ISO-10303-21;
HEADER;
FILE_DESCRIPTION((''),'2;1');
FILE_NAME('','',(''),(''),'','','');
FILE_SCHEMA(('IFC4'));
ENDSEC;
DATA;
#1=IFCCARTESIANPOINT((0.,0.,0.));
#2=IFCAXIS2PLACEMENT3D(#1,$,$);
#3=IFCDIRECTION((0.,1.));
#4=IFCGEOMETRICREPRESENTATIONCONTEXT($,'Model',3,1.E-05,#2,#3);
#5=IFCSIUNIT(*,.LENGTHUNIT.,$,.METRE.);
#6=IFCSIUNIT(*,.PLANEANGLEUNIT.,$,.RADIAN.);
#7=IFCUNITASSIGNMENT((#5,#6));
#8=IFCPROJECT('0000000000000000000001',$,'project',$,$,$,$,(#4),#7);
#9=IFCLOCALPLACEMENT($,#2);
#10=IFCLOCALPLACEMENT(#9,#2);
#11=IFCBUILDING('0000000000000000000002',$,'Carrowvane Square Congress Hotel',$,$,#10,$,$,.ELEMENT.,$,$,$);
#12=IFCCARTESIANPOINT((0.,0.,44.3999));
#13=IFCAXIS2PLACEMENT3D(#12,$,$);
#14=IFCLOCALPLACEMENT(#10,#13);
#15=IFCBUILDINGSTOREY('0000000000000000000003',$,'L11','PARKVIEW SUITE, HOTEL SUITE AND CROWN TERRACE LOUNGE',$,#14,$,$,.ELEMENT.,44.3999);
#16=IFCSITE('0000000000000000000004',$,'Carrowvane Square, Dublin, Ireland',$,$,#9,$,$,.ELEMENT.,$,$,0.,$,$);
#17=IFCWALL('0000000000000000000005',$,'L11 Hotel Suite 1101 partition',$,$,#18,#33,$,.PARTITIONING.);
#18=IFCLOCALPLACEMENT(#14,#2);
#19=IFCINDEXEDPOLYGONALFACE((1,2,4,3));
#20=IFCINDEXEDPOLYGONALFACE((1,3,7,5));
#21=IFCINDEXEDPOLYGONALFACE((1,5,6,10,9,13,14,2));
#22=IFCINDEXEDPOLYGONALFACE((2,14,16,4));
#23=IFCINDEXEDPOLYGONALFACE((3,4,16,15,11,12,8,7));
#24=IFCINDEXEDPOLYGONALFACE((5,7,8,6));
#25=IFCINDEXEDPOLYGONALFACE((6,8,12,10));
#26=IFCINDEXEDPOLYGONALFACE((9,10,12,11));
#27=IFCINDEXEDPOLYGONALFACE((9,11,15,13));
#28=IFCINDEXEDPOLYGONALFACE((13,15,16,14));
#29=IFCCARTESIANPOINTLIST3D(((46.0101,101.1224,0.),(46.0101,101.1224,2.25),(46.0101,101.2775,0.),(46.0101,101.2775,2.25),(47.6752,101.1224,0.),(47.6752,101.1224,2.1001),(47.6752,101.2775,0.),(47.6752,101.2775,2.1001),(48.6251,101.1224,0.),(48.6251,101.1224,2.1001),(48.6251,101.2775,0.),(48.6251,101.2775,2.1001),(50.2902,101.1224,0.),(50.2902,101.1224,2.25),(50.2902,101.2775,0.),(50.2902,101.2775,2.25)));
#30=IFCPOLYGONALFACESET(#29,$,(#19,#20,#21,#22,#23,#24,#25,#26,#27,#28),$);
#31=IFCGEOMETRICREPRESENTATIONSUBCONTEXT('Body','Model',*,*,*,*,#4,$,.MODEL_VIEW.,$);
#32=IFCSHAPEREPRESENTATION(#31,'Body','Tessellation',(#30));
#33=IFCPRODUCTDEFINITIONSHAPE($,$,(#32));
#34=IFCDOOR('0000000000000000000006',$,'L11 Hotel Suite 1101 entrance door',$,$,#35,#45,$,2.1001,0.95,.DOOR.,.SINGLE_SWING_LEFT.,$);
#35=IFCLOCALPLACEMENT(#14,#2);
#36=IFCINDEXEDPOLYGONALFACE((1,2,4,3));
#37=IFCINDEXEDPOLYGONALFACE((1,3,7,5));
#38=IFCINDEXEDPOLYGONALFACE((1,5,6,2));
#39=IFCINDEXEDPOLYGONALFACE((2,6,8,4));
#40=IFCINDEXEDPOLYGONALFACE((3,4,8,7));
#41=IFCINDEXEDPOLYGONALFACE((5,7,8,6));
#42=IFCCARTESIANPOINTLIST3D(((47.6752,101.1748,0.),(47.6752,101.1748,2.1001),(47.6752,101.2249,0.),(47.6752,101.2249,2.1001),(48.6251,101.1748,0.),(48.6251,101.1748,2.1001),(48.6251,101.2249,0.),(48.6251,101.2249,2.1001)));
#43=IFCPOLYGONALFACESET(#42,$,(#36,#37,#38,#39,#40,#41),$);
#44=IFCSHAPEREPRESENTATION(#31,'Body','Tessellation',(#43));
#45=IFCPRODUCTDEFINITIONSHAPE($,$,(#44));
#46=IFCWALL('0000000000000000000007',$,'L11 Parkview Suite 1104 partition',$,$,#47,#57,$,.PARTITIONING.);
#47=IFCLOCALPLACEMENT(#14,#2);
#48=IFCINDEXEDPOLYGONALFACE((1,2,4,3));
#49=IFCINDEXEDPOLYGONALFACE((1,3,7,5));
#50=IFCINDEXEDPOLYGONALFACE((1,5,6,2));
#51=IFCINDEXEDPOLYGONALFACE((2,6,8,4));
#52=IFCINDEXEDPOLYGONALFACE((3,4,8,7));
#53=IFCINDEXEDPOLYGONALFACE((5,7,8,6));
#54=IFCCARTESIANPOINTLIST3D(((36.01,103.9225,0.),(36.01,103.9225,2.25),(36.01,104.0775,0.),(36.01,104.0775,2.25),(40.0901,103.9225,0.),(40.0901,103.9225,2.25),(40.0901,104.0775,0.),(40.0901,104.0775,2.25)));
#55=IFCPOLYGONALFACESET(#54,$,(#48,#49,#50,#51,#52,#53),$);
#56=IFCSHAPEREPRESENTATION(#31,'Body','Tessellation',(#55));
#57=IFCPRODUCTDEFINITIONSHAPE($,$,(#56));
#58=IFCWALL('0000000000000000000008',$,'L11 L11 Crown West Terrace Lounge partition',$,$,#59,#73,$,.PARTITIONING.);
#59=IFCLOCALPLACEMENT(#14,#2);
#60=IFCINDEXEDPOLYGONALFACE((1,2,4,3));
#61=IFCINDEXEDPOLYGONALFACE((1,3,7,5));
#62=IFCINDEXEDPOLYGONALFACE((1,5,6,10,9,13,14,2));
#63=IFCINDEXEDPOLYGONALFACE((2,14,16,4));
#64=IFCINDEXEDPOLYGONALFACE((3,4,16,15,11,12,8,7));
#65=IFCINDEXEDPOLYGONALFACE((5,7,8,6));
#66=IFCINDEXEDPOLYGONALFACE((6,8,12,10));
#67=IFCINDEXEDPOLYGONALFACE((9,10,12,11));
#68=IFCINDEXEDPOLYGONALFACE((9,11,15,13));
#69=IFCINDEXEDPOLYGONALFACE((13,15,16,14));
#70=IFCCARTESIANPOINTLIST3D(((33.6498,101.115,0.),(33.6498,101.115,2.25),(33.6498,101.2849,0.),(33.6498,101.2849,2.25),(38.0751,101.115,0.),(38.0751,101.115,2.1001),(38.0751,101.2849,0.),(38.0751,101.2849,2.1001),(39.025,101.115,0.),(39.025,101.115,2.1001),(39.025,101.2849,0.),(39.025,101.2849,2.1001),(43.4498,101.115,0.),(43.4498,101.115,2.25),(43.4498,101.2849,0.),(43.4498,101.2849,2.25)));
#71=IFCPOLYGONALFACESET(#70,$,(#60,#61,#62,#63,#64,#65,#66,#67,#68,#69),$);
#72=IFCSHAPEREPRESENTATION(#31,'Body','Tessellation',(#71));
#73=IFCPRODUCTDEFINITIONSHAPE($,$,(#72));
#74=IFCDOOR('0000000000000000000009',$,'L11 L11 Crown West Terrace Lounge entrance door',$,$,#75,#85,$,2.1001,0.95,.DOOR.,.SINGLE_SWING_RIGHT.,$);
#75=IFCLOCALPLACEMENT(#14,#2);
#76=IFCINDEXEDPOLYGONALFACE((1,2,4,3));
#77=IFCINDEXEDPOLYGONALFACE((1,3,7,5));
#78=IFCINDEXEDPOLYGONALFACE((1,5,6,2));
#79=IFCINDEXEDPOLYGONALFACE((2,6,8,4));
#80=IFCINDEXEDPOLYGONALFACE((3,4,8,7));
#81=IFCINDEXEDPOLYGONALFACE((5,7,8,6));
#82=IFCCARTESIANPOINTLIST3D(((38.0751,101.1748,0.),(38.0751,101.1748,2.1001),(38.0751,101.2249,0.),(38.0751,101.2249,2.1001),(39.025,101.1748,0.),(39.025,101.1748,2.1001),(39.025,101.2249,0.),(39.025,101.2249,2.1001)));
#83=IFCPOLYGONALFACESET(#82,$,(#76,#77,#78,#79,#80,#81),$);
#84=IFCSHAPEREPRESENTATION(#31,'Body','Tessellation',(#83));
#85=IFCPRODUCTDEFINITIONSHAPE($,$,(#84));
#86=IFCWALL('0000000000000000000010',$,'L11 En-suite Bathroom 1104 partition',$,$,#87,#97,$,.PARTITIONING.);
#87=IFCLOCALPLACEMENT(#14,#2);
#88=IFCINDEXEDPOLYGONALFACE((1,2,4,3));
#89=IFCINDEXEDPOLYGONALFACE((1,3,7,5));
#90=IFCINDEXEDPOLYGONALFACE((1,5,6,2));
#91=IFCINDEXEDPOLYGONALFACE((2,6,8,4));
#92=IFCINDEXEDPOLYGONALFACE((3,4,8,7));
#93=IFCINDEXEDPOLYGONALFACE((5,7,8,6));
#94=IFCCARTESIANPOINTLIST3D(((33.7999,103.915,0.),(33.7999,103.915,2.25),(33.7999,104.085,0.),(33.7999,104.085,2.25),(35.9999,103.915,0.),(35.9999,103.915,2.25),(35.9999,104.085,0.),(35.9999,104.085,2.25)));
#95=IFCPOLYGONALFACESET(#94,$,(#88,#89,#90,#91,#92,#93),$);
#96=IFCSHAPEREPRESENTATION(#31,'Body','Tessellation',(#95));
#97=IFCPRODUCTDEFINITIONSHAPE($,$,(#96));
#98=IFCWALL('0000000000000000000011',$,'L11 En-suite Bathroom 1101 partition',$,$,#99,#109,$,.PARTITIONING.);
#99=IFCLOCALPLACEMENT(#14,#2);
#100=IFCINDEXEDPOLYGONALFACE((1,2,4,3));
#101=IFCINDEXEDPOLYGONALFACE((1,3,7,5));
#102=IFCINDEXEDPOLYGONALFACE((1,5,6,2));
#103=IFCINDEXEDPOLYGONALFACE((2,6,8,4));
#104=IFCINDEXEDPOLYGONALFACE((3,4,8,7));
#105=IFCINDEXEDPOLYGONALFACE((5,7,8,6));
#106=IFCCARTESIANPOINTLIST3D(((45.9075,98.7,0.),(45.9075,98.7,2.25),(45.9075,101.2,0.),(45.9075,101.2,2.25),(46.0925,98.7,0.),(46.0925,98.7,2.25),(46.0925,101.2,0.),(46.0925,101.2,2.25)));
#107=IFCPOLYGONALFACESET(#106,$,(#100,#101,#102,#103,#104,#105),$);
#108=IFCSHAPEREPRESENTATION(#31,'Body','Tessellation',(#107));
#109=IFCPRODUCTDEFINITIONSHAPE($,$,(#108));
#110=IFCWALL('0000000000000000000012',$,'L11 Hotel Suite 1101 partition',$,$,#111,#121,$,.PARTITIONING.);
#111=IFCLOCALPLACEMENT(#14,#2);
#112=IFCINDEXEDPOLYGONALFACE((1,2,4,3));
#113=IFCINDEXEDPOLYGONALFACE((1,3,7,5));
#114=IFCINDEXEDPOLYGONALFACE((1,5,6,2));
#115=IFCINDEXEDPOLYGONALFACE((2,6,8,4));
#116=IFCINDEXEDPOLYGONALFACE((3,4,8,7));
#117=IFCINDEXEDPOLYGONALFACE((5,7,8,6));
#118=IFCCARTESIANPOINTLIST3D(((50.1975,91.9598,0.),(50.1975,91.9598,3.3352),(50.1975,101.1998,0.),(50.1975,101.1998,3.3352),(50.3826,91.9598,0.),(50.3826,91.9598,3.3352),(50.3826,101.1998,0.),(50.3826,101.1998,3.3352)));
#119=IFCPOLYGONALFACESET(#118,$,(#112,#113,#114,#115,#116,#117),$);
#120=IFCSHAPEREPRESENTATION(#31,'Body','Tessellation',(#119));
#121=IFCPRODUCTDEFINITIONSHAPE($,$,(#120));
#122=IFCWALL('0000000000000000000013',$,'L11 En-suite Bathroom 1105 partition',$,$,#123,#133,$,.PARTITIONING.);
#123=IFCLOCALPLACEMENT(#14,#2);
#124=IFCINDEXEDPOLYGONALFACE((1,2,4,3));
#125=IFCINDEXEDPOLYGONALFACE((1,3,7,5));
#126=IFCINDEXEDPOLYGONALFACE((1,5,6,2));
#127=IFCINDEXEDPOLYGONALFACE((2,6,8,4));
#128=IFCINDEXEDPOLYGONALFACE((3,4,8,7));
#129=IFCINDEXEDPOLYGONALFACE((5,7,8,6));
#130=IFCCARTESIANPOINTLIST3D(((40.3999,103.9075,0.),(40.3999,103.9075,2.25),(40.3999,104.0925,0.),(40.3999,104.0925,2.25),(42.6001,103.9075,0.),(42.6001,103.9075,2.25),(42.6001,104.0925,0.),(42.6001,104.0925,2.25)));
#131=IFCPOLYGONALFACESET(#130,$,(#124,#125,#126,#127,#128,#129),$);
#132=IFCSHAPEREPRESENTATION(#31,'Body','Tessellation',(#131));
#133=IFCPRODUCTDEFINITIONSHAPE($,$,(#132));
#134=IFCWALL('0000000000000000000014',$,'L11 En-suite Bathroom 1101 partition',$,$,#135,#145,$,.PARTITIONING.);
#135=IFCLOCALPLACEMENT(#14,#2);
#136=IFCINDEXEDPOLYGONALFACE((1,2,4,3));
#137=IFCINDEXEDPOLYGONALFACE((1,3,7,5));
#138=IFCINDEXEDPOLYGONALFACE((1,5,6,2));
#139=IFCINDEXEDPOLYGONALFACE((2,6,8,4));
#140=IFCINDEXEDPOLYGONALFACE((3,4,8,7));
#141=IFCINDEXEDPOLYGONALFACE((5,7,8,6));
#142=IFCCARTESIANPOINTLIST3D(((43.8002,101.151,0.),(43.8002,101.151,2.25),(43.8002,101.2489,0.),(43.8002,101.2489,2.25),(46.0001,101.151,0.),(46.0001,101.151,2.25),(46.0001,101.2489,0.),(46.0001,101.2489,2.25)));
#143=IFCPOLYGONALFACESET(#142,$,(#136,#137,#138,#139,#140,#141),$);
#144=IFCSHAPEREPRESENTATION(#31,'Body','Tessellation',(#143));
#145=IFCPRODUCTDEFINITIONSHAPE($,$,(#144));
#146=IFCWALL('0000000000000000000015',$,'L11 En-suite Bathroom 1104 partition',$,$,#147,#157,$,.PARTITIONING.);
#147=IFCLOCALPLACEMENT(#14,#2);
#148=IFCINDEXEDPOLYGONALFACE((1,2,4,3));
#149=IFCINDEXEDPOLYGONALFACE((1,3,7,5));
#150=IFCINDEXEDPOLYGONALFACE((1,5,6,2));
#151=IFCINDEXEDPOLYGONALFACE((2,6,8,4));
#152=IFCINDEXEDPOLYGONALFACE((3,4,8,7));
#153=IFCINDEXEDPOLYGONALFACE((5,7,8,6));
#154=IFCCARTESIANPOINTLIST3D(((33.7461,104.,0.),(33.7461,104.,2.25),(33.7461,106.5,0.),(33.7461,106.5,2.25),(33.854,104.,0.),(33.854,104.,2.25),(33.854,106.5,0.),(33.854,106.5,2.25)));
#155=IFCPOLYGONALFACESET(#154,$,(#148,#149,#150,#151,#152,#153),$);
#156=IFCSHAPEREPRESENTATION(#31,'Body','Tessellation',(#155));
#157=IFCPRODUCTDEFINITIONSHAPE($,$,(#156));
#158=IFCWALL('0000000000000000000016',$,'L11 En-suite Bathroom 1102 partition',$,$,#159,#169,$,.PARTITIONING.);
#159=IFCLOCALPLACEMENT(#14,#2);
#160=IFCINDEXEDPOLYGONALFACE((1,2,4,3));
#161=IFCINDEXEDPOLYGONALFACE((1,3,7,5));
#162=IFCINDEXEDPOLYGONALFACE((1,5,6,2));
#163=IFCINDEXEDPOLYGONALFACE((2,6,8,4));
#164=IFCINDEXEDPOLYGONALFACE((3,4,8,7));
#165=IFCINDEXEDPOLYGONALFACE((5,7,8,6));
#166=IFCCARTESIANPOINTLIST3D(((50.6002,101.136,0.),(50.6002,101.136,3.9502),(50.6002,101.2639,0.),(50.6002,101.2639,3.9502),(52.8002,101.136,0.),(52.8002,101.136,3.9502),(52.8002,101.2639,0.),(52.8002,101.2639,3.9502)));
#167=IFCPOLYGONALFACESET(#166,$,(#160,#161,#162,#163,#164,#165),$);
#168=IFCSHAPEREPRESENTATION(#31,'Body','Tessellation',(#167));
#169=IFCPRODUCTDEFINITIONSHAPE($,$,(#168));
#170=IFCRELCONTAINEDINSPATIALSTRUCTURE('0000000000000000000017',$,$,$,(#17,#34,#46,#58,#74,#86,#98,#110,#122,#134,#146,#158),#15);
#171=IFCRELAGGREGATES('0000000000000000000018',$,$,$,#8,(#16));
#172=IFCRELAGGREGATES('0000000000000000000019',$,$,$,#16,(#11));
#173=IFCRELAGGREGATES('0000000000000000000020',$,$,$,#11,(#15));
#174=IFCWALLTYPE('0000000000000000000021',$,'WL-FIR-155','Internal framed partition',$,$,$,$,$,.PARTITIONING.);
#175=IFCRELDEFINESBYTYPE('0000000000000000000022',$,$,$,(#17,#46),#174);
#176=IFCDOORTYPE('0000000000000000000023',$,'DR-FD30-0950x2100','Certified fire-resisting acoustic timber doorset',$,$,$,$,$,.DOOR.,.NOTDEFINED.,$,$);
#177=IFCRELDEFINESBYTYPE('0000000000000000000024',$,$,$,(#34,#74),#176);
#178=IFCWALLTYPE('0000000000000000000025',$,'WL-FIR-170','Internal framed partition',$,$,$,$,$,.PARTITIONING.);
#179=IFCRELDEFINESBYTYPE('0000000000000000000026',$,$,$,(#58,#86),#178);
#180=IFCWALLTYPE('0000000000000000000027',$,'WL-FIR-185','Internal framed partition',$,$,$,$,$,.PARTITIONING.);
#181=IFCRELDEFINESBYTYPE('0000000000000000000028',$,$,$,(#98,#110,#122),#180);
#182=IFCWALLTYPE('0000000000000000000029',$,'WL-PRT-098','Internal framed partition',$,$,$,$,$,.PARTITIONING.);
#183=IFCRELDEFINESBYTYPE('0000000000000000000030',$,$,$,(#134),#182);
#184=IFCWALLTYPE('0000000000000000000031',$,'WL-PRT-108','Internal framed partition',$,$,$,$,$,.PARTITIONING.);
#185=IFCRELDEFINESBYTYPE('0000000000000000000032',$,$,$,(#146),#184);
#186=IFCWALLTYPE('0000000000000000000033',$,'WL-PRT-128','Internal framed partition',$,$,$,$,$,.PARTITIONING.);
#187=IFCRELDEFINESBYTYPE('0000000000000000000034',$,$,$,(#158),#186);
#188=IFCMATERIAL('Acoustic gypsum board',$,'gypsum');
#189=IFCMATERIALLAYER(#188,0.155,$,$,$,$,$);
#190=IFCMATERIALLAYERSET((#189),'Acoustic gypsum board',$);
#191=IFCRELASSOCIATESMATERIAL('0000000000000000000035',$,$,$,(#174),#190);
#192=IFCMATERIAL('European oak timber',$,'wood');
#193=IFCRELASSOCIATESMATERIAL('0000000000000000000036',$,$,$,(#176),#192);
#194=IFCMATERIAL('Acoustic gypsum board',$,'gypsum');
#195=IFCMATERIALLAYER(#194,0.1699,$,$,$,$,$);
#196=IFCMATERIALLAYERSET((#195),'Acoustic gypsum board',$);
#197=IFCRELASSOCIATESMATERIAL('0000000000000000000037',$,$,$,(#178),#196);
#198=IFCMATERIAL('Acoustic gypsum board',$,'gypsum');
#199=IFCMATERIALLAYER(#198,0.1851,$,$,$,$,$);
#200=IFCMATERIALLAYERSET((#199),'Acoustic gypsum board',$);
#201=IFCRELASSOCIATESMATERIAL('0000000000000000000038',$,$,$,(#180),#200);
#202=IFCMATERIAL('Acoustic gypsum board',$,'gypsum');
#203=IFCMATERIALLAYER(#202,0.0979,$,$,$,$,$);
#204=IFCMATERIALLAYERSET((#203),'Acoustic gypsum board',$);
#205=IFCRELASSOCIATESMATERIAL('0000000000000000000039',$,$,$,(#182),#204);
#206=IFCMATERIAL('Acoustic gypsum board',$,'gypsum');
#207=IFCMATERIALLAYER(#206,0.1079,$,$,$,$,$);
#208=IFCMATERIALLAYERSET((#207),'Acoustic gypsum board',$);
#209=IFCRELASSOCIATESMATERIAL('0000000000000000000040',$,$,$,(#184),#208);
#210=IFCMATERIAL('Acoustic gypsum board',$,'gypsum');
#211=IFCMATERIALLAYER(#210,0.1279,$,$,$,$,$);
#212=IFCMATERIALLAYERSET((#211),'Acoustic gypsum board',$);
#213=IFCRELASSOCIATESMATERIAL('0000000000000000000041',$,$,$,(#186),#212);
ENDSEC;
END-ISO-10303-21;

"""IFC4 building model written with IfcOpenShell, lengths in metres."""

from ifc_helpers import new_model, si_unit, direction, frame, frame_2d, origin, place, context, subcontext, project, spatial, rectangle, extrude, material, layer, layer_set, type_object, element, fill, save


model = new_model("IFC4")

# Units and contexts
model_context = context("Model", 3, precision=1e-05, world=origin(), true_north=direction((0.0, 1.0)))
body_context = subcontext(model_context, "Body", "Model", "MODEL_VIEW")
ifc_project = project(units=[si_unit("LENGTHUNIT", "METRE"), si_unit("PLANEANGLEUNIT", "RADIAN")], contexts=[model_context])

# Site, building, storey
site_placement = place(None, origin())
site = spatial("IfcSite", under=ifc_project, at=site_placement, Name="Carrowvane Square, Dublin, Ireland", CompositionType="ELEMENT", RefElevation=0.0)
building_placement = place(site_placement, origin())
building = spatial("IfcBuilding", under=site, at=building_placement, Name="Carrowvane Square Congress Hotel", CompositionType="ELEMENT")
storey_placement = place(building_placement, frame((0.0, 0.0, 44.3999)))
storey = spatial("IfcBuildingStorey", under=building, at=storey_placement, Name="L11", Description="PARKVIEW SUITE, HOTEL SUITE AND CROWN TERRACE LOUNGE", CompositionType="ELEMENT", Elevation=44.3999)

# Shared definitions
ifc_material_1 = material(Name="Acoustic gypsum board", Category="gypsum")
ifc_layer_1 = layer(ifc_material_1, 0.155)
ifc_layer_set_1 = layer_set([ifc_layer_1], Name="Acoustic gypsum board")
wall_type_1 = type_object("IfcWallType", Name="WL-FIR-155", Description="Internal framed partition", PredefinedType="PARTITIONING", material=ifc_layer_set_1)

# Wall, opening, door
wall_1_placement = place(storey_placement, frame((46.01, 101.2, 0.0), z_axis=(0.0, 0.0, 1.0), x_axis=(1.0, 0.0, 0.0)))
wall_1 = element("IfcWall", 1, at=wall_1_placement, inside=storey, type_object=wall_type_1, Name="L11 Hotel Suite 1101 partition", PredefinedType="PARTITIONING", context=body_context, shape_type="SweptSolid", body=[
    extrude(rectangle(XDim=4.28, YDim=0.155, at=frame_2d((2.1401, 0.0))), origin(), (0.0, 0.0, 1.0), 2.25),
])
opening_1_placement = place(wall_1_placement, frame((1.665, 0.0, 0.0)))
opening_1 = element("IfcOpeningElement", 2, at=opening_1_placement, cuts=wall_1, PredefinedType="OPENING", context=body_context, shape_type="SweptSolid", body=[
    extrude(rectangle(XDim=0.95, YDim=2.1001, at=frame_2d((0.4751, 1.05))), frame((0.0, 0.0874, 0.0), z_axis=(0.0, -1.0, 0.0), x_axis=(1.0, 0.0, 0.0)), (0.0, 0.0, 1.0), 0.175),
])
ifc_material_2 = material(Name="European oak timber", Category="wood")
door_type = type_object("IfcDoorType", Name="DR-FD30-0950x2100", Description="Certified fire-resisting acoustic timber doorset", OperationType="NOTDEFINED", PredefinedType="DOOR", material=ifc_material_2)
door_1_placement = place(opening_1_placement, origin())
door_1 = element("IfcDoor", 3, at=door_1_placement, inside=storey, type_object=door_type, Name="L11 Hotel Suite 1101 entrance door", OperationType="SINGLE_SWING_LEFT", OverallHeight=2.1001, OverallWidth=0.95, PredefinedType="DOOR", context=body_context, shape_type="SweptSolid", body=[
    extrude(rectangle(XDim=0.95, YDim=2.1001, at=frame_2d((0.4751, 1.05))), frame((0.0, 0.0249, 0.0), z_axis=(0.0, -1.0, 0.0), x_axis=(1.0, 0.0, 0.0)), (0.0, 0.0, 1.0), 0.05),
])
fill(opening_1, door_1)

# Wall
wall_2_placement = place(storey_placement, frame((40.0901, 104.0, 0.0), z_axis=(0.0, 0.0, 1.0), x_axis=(-1.0, 0.0, 0.0)))
element("IfcWall", 4, at=wall_2_placement, inside=storey, type_object=wall_type_1, Name="L11 Parkview Suite 1104 partition", PredefinedType="PARTITIONING", context=body_context, shape_type="SweptSolid", body=[
    extrude(rectangle(XDim=4.0801, YDim=0.155, at=frame_2d((2.04, 0.0))), origin(), (0.0, 0.0, 1.0), 2.25),
])

# Wall, opening, door
ifc_material_3 = material(Name="Acoustic gypsum board", Category="gypsum")
ifc_layer_2 = layer(ifc_material_3, 0.1699)
ifc_layer_set_2 = layer_set([ifc_layer_2], Name="Acoustic gypsum board")
wall_type_2 = type_object("IfcWallType", Name="WL-FIR-170", Description="Internal framed partition", PredefinedType="PARTITIONING", material=ifc_layer_set_2)
wall_3_placement = place(storey_placement, frame((33.6499, 101.2, 0.0), z_axis=(0.0, 0.0, 1.0), x_axis=(1.0, 0.0, 0.0)))
wall_3 = element("IfcWall", 5, at=wall_3_placement, inside=storey, type_object=wall_type_2, Name="L11 L11 Crown West Terrace Lounge partition", PredefinedType="PARTITIONING", context=body_context, shape_type="SweptSolid", body=[
    extrude(rectangle(XDim=9.8, YDim=0.1699, at=frame_2d((4.8999, 0.0))), origin(), (0.0, 0.0, 1.0), 2.25),
])
opening_2_placement = place(wall_3_placement, frame((4.425, 0.0, 0.0)))
opening_2 = element("IfcOpeningElement", 6, at=opening_2_placement, cuts=wall_3, PredefinedType="OPENING", context=body_context, shape_type="SweptSolid", body=[
    extrude(rectangle(XDim=0.95, YDim=2.1001, at=frame_2d((0.4751, 1.05))), frame((0.0, 0.095, 0.0), z_axis=(0.0, -1.0, 0.0), x_axis=(1.0, 0.0, 0.0)), (0.0, 0.0, 1.0), 0.1899),
])
door_2_placement = place(opening_2_placement, origin())
door_2 = element("IfcDoor", 7, at=door_2_placement, inside=storey, type_object=door_type, Name="L11 L11 Crown West Terrace Lounge entrance door", OperationType="SINGLE_SWING_RIGHT", OverallHeight=2.1001, OverallWidth=0.95, PredefinedType="DOOR", context=body_context, shape_type="SweptSolid", body=[
    extrude(rectangle(XDim=0.95, YDim=2.1001, at=frame_2d((0.4751, 1.05))), frame((0.0, 0.0249, 0.0), z_axis=(0.0, -1.0, 0.0), x_axis=(1.0, 0.0, 0.0)), (0.0, 0.0, 1.0), 0.05),
])
fill(opening_2, door_2)

# Walls
wall_4_placement = place(storey_placement, frame((36.0, 104.0, 0.0), z_axis=(0.0, 0.0, 1.0), x_axis=(-1.0, 0.0, 0.0)))
element("IfcWall", 8, at=wall_4_placement, inside=storey, type_object=wall_type_2, Name="L11 En-suite Bathroom 1104 partition", PredefinedType="PARTITIONING", context=body_context, shape_type="SweptSolid", body=[
    extrude(rectangle(XDim=2.2, YDim=0.1699, at=frame_2d((1.1001, 0.0))), origin(), (0.0, 0.0, 1.0), 2.25),
])
ifc_material_4 = material(Name="Acoustic gypsum board", Category="gypsum")
ifc_layer_3 = layer(ifc_material_4, 0.1851)
ifc_layer_set_3 = layer_set([ifc_layer_3], Name="Acoustic gypsum board")
wall_type_3 = type_object("IfcWallType", Name="WL-FIR-185", Description="Internal framed partition", PredefinedType="PARTITIONING", material=ifc_layer_set_3)
wall_5_placement = place(storey_placement, frame((46.0, 101.2, 0.0), z_axis=(0.0, 0.0, 1.0), x_axis=(0.0, -1.0, 0.0)))
element("IfcWall", 9, at=wall_5_placement, inside=storey, type_object=wall_type_3, Name="L11 En-suite Bathroom 1101 partition", PredefinedType="PARTITIONING", context=body_context, shape_type="SweptSolid", body=[
    extrude(rectangle(XDim=2.5, YDim=0.1851, at=frame_2d((1.25, 0.0))), origin(), (0.0, 0.0, 1.0), 2.25),
])
wall_6_placement = place(storey_placement, frame((50.29, 101.2, 0.0), z_axis=(0.0, 0.0, 1.0), x_axis=(0.0, -1.0, 0.0)))
element("IfcWall", 10, at=wall_6_placement, inside=storey, type_object=wall_type_3, Name="L11 Hotel Suite 1101 partition", PredefinedType="PARTITIONING", context=body_context, shape_type="SweptSolid", body=[
    extrude(rectangle(XDim=9.24, YDim=0.1851, at=frame_2d((4.6201, 0.0))), origin(), (0.0, 0.0, 1.0), 3.3352),
])
wall_7_placement = place(storey_placement, frame((42.6001, 104.0, 0.0), z_axis=(0.0, 0.0, 1.0), x_axis=(-1.0, 0.0, 0.0)))
element("IfcWall", 11, at=wall_7_placement, inside=storey, type_object=wall_type_3, Name="L11 En-suite Bathroom 1105 partition", PredefinedType="PARTITIONING", context=body_context, shape_type="SweptSolid", body=[
    extrude(rectangle(XDim=2.2002, YDim=0.1851, at=frame_2d((1.1001, 0.0))), origin(), (0.0, 0.0, 1.0), 2.25),
])
ifc_material_5 = material(Name="Acoustic gypsum board", Category="gypsum")
ifc_layer_4 = layer(ifc_material_5, 0.0979)
ifc_layer_set_4 = layer_set([ifc_layer_4], Name="Acoustic gypsum board")
wall_type_4 = type_object("IfcWallType", Name="WL-PRT-098", Description="Internal framed partition", PredefinedType="PARTITIONING", material=ifc_layer_set_4)
wall_8_placement = place(storey_placement, frame((43.8, 101.2, 0.0), z_axis=(0.0, 0.0, 1.0), x_axis=(1.0, 0.0, 0.0)))
element("IfcWall", 12, at=wall_8_placement, inside=storey, type_object=wall_type_4, Name="L11 En-suite Bathroom 1101 partition", PredefinedType="PARTITIONING", context=body_context, shape_type="SweptSolid", body=[
    extrude(rectangle(XDim=2.2, YDim=0.0979, at=frame_2d((1.1001, 0.0))), origin(), (0.0, 0.0, 1.0), 2.25),
])
ifc_material_6 = material(Name="Acoustic gypsum board", Category="gypsum")
ifc_layer_5 = layer(ifc_material_6, 0.1079)
ifc_layer_set_5 = layer_set([ifc_layer_5], Name="Acoustic gypsum board")
wall_type_5 = type_object("IfcWallType", Name="WL-PRT-108", Description="Internal framed partition", PredefinedType="PARTITIONING", material=ifc_layer_set_5)
wall_9_placement = place(storey_placement, frame((33.8, 104.0, 0.0), z_axis=(0.0, 0.0, 1.0), x_axis=(0.0, 1.0, 0.0)))
element("IfcWall", 13, at=wall_9_placement, inside=storey, type_object=wall_type_5, Name="L11 En-suite Bathroom 1104 partition", PredefinedType="PARTITIONING", context=body_context, shape_type="SweptSolid", body=[
    extrude(rectangle(XDim=2.5, YDim=0.1079, at=frame_2d((1.25, 0.0))), origin(), (0.0, 0.0, 1.0), 2.25),
])
ifc_material_7 = material(Name="Acoustic gypsum board", Category="gypsum")
ifc_layer_6 = layer(ifc_material_7, 0.1279)
ifc_layer_set_6 = layer_set([ifc_layer_6], Name="Acoustic gypsum board")
wall_type_6 = type_object("IfcWallType", Name="WL-PRT-128", Description="Internal framed partition", PredefinedType="PARTITIONING", material=ifc_layer_set_6)
wall_10_placement = place(storey_placement, frame((50.6001, 101.2, 0.0), z_axis=(0.0, 0.0, 1.0), x_axis=(1.0, 0.0, 0.0)))
element("IfcWall", 14, at=wall_10_placement, inside=storey, type_object=wall_type_6, Name="L11 En-suite Bathroom 1102 partition", PredefinedType="PARTITIONING", context=body_context, shape_type="SweptSolid", body=[
    extrude(rectangle(XDim=2.2, YDim=0.1279, at=frame_2d((1.1001, 0.0))), origin(), (0.0, 0.0, 1.0), 3.9502),
])

save(model, "model.ifc")
